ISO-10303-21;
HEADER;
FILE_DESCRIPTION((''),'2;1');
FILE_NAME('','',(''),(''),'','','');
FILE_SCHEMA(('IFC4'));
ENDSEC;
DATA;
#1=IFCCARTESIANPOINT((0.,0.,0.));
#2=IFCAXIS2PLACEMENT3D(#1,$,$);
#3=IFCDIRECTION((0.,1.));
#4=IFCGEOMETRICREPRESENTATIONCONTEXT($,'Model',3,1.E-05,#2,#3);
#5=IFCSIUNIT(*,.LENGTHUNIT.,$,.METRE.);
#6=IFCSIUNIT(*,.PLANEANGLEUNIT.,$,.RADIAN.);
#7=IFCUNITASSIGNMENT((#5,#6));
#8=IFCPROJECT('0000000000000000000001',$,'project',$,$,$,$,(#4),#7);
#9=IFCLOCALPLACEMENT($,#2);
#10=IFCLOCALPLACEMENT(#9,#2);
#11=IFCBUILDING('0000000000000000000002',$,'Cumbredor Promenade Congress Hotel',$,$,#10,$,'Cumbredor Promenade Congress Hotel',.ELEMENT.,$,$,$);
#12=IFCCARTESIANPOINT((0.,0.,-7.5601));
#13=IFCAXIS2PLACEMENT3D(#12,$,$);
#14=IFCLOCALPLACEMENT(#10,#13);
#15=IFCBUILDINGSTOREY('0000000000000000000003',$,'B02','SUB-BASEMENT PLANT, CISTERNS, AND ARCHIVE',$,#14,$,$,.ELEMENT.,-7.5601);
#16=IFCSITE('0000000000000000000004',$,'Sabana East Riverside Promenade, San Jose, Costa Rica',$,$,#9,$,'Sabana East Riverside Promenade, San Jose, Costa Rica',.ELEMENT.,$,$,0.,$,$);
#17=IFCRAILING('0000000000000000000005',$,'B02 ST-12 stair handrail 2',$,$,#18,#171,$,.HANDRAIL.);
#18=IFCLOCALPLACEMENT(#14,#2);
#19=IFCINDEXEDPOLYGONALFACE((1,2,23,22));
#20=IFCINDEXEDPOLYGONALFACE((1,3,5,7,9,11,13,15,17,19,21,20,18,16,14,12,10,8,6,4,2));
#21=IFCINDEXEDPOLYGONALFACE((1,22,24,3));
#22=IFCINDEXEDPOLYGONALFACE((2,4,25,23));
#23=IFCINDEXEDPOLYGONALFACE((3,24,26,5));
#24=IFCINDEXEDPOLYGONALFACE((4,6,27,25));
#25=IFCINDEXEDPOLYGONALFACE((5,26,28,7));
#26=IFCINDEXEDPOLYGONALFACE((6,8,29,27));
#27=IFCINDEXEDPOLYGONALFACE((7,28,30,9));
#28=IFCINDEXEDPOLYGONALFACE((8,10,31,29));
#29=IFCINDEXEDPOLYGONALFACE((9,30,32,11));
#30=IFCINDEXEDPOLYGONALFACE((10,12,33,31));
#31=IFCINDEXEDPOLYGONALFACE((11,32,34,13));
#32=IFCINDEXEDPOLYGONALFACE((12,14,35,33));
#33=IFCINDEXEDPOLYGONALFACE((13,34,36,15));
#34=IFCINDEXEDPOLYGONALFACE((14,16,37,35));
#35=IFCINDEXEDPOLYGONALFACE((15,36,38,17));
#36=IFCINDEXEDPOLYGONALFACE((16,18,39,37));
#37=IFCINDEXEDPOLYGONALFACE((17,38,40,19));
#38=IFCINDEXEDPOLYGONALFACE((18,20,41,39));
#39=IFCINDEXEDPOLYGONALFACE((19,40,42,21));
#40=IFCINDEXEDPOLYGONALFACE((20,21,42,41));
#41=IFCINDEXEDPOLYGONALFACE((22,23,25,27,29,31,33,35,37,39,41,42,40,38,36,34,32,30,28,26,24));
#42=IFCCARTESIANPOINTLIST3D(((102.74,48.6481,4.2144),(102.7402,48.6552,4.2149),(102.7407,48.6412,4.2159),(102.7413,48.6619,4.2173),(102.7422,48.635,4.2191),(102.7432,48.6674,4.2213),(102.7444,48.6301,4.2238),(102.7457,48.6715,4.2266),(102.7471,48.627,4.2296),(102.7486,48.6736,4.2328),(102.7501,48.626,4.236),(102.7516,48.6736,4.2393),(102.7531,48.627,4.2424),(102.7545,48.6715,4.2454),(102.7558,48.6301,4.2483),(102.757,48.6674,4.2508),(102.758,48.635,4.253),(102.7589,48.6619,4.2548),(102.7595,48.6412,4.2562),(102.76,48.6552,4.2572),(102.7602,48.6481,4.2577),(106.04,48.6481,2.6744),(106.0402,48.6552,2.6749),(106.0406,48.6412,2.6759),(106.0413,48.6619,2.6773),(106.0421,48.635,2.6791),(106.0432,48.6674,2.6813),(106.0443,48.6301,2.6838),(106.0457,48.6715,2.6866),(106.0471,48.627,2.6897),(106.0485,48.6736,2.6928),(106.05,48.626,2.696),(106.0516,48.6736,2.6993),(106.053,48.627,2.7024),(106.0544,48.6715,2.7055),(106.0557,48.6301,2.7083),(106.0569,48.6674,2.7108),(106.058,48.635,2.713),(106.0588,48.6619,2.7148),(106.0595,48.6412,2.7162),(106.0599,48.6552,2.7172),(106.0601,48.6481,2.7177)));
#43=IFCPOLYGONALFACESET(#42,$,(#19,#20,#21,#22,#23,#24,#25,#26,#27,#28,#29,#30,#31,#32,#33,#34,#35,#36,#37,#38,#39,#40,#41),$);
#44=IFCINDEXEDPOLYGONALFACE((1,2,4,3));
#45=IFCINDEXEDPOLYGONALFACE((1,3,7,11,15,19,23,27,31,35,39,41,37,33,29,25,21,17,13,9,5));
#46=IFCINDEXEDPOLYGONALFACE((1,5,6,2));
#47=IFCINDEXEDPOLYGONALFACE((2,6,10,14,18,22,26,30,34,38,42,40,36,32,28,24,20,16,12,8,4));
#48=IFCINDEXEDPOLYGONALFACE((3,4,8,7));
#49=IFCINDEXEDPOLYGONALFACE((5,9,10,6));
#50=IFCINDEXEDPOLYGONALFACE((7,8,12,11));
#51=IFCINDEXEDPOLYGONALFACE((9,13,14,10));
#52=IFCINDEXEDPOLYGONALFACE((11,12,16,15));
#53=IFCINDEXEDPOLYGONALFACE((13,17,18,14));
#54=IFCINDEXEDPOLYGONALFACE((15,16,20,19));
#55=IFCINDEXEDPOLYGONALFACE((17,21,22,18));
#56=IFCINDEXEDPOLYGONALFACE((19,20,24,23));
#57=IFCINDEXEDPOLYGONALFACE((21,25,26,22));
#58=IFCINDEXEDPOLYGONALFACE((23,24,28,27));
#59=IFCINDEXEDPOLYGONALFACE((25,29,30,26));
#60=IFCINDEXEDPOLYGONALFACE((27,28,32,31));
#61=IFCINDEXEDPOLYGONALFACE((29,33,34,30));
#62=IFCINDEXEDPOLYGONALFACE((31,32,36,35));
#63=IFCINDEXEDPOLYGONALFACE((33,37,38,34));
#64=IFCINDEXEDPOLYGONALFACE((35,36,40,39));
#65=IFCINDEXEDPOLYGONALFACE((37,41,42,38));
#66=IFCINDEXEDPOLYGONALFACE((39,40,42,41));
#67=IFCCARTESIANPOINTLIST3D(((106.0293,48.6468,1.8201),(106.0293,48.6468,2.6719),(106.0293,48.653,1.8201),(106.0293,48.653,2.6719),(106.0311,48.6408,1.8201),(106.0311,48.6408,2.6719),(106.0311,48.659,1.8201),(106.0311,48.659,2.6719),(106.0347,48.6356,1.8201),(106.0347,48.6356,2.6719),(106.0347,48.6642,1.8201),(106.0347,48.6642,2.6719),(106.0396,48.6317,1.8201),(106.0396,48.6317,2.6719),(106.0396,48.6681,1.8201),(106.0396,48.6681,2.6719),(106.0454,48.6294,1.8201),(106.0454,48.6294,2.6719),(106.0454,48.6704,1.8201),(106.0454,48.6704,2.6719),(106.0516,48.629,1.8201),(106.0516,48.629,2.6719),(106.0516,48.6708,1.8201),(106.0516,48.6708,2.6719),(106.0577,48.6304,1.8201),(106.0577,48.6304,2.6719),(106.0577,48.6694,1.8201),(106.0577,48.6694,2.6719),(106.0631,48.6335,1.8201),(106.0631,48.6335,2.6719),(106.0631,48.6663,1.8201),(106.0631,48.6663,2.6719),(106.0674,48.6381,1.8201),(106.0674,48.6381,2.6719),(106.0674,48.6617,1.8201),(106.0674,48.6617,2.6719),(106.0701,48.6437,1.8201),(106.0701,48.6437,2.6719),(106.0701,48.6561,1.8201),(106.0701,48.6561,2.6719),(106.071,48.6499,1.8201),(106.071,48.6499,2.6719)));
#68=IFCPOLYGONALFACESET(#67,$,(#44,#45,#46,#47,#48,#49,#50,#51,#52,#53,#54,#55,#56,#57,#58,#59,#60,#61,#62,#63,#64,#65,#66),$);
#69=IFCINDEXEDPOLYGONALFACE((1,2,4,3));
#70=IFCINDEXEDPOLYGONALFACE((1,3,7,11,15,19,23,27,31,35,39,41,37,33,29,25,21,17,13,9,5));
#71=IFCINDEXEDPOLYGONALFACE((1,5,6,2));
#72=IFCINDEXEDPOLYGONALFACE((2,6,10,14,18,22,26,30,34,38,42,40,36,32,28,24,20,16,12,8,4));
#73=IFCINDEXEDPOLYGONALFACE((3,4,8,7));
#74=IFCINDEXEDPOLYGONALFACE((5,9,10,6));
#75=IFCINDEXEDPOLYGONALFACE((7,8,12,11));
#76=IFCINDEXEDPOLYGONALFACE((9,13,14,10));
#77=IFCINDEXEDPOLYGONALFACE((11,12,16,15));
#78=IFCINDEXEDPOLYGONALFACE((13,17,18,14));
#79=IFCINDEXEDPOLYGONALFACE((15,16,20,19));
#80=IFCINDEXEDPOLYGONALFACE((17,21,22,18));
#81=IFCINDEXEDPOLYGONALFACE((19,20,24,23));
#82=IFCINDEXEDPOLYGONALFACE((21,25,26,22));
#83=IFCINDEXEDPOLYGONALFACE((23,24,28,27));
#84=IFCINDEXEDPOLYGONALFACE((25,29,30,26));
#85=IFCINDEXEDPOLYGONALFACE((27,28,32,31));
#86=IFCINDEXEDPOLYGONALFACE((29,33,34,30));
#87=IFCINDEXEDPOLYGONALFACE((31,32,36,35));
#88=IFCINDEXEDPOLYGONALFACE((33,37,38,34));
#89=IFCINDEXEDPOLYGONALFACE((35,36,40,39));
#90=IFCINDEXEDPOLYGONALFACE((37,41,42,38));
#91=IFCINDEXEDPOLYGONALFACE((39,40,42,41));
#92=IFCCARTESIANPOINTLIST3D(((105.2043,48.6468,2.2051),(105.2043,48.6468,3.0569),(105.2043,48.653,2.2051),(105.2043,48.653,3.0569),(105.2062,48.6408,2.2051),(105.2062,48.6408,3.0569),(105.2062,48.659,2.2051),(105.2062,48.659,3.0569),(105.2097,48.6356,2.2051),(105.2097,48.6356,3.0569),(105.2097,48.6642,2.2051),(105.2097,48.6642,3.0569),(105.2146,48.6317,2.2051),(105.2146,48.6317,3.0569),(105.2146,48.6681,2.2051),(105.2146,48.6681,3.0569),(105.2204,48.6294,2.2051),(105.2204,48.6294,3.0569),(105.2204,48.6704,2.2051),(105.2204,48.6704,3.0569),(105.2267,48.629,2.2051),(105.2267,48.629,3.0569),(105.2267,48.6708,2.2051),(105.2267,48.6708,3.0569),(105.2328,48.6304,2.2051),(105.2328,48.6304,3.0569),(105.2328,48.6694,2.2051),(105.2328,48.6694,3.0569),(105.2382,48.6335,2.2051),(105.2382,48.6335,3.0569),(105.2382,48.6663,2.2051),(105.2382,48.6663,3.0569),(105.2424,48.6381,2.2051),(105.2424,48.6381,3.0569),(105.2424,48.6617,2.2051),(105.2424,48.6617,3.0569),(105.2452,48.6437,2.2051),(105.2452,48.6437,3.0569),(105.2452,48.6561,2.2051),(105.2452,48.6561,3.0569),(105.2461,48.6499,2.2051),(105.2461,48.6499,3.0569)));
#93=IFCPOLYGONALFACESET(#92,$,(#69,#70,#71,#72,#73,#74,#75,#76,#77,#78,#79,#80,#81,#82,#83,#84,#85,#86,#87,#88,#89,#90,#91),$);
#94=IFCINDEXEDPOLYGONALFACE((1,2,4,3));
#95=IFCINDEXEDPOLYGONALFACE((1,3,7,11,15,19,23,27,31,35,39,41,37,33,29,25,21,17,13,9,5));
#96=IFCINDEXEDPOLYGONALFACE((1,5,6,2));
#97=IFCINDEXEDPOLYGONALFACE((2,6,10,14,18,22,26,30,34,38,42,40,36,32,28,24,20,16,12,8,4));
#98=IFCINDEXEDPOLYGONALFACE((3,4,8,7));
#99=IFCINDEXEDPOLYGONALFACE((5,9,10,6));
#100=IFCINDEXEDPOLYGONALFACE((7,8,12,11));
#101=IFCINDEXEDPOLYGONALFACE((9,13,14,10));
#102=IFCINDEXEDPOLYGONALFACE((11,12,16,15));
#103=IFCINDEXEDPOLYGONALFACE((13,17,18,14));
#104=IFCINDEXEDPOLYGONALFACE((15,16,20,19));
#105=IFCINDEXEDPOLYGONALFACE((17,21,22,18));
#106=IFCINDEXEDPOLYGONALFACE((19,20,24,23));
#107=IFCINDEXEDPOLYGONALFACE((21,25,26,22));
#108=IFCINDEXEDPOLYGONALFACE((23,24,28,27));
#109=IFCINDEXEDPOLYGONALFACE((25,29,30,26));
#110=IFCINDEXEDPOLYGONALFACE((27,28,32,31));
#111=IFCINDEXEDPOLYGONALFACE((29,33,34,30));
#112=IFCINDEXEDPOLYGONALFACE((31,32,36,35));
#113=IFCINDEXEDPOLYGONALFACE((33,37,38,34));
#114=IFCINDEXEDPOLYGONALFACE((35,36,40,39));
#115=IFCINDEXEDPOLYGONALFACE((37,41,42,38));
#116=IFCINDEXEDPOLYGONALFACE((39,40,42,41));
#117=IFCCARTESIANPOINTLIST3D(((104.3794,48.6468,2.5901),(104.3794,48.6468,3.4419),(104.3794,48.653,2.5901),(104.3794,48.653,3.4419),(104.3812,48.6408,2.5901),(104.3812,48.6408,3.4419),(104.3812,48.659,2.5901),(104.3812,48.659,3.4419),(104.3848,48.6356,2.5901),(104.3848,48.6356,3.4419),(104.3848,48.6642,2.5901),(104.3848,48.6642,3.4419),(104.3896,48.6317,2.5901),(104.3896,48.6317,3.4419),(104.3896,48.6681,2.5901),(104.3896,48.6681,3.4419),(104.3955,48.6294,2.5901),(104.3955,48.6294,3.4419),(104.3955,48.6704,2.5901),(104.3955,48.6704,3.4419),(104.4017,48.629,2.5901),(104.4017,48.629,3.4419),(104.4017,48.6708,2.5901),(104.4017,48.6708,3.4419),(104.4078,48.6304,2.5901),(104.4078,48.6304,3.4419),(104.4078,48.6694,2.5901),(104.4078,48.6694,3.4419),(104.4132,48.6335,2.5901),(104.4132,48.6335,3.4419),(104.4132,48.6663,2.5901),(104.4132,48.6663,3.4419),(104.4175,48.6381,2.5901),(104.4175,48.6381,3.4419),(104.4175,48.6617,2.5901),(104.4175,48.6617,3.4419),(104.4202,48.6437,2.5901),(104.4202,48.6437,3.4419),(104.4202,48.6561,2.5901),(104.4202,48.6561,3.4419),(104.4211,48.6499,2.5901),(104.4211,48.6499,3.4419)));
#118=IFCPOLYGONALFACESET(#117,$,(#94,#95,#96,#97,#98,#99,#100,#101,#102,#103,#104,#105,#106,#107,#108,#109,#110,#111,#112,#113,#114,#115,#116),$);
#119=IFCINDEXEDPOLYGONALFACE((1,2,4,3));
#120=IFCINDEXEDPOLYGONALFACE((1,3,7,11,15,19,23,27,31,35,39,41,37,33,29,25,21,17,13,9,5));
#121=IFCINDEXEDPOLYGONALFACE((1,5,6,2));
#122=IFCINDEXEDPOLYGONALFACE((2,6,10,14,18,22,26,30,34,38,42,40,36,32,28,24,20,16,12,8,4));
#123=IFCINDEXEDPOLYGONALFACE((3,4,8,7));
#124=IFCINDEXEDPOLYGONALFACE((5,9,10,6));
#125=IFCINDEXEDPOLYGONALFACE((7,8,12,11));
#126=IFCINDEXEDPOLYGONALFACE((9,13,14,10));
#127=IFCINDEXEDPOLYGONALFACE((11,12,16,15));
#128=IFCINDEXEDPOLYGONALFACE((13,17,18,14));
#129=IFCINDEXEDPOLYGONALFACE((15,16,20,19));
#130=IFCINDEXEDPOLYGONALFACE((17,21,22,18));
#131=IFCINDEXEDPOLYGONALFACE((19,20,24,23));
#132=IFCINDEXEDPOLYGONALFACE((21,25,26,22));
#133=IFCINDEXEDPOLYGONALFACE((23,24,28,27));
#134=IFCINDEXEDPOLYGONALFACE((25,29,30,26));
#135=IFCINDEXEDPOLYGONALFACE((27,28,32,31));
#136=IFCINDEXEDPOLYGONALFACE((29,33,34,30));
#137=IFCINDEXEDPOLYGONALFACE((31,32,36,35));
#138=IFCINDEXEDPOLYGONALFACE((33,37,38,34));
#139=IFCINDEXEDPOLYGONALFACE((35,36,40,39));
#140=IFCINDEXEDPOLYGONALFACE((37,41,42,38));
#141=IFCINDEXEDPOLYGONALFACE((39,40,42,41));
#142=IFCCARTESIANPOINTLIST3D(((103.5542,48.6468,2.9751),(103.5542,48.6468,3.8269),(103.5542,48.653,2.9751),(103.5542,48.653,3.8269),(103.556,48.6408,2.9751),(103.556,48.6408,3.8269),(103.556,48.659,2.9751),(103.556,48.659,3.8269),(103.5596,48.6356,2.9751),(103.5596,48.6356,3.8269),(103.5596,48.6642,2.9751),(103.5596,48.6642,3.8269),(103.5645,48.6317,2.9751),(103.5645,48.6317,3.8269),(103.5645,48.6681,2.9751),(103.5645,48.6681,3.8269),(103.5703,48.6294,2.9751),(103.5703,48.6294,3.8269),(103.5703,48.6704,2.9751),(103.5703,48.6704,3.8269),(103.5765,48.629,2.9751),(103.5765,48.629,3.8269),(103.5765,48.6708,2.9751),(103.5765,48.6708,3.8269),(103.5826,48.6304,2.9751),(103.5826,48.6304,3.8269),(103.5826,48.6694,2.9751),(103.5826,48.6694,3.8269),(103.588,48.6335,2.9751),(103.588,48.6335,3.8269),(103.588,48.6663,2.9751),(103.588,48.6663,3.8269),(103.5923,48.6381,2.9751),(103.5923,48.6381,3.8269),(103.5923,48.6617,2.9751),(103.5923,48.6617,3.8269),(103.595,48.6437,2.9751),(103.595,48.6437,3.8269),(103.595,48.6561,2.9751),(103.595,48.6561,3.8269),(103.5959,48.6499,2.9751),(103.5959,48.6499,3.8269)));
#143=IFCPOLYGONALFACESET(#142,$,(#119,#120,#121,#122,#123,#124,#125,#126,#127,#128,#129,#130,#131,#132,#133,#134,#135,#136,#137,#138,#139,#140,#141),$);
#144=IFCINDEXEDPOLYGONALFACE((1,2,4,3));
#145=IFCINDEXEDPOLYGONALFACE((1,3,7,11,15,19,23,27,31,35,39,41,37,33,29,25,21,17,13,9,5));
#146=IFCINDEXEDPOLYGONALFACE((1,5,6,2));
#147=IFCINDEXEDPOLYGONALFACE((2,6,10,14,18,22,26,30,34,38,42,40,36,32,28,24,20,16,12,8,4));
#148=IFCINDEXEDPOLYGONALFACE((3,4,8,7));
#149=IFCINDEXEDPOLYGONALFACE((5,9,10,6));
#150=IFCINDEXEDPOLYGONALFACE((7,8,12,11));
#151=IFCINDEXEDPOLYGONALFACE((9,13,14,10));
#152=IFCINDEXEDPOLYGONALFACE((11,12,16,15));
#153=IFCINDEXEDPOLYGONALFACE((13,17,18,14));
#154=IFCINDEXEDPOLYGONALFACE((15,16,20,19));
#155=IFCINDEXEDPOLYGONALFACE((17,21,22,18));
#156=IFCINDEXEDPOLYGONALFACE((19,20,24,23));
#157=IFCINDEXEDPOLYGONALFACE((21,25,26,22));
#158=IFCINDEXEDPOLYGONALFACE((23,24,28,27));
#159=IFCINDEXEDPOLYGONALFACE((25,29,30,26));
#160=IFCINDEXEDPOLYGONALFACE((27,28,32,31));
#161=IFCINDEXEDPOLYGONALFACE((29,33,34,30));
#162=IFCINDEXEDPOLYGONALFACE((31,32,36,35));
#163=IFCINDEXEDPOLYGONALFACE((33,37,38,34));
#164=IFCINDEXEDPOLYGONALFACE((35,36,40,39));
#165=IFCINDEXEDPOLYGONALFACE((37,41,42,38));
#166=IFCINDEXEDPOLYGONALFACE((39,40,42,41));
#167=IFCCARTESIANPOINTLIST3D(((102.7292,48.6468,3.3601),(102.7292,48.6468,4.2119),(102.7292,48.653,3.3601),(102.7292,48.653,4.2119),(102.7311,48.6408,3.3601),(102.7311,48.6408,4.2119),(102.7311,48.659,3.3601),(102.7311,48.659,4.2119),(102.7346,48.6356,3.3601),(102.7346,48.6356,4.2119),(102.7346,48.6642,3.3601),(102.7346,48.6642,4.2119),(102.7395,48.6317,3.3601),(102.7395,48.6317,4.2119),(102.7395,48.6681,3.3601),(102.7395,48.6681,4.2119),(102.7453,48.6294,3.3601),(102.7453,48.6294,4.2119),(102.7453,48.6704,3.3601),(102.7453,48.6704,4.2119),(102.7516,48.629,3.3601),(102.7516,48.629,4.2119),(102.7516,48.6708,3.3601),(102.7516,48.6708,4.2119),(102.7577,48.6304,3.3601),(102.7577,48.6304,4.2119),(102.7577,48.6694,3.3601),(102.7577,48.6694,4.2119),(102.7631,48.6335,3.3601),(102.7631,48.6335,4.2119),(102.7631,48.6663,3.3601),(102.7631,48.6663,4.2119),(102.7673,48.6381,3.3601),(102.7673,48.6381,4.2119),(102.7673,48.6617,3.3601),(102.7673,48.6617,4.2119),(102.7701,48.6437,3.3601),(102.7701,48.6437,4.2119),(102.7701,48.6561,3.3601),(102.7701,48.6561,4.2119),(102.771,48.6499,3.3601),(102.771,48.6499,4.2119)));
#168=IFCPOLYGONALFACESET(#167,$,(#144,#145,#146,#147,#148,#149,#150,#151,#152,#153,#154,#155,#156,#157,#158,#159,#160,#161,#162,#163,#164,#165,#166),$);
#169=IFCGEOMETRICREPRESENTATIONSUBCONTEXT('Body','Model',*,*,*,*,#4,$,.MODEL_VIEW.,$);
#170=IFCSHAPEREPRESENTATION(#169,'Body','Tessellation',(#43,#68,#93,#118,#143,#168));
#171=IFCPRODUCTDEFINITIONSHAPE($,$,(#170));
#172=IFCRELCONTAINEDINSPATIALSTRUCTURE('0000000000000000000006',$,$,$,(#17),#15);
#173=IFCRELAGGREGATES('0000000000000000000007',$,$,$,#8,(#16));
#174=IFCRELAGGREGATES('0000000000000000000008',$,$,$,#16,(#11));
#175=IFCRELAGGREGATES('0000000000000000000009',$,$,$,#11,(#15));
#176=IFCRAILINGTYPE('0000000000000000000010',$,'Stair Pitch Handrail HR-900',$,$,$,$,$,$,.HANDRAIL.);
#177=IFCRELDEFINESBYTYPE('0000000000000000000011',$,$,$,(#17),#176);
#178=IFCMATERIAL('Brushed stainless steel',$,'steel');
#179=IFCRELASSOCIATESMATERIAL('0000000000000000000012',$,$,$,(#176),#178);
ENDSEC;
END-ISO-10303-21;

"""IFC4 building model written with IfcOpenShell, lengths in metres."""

from ifc_helpers import new_model, si_unit, direction, frame, origin, origin_2d, place, context, subcontext, project, spatial, circle, extrude, material, type_object, element, save


model = new_model("IFC4")

# Units and contexts
model_context = context("Model", 3, precision=1e-05, world=origin(), true_north=direction((0.0, 1.0)))
body_context = subcontext(model_context, "Body", "Model", "MODEL_VIEW")
ifc_project = project(units=[si_unit("LENGTHUNIT", "METRE"), si_unit("PLANEANGLEUNIT", "RADIAN")], contexts=[model_context])

# Site, building, storey
site_placement = place(None, origin())
site = spatial("IfcSite", under=ifc_project, at=site_placement, Name="Sabana East Riverside Promenade, San Jose, Costa Rica", LongName="Sabana East Riverside Promenade, San Jose, Costa Rica", CompositionType="ELEMENT", RefElevation=0.0)
building_placement = place(site_placement, origin())
building = spatial("IfcBuilding", under=site, at=building_placement, Name="Cumbredor Promenade Congress Hotel", LongName="Cumbredor Promenade Congress Hotel", CompositionType="ELEMENT")
storey_placement = place(building_placement, frame((0.0, 0.0, -7.5601)))
storey = spatial("IfcBuildingStorey", under=building, at=storey_placement, Name="B02", Description="SUB-BASEMENT PLANT, CISTERNS, AND ARCHIVE", CompositionType="ELEMENT", Elevation=-7.5601)

# Railing
ifc_material_1 = material(Name="Brushed stainless steel", Category="steel")
railing_type_1 = type_object("IfcRailingType", Name="Stair Pitch Handrail HR-900", PredefinedType="HANDRAIL", material=ifc_material_1)
railing_1_placement = place(storey_placement, frame((106.05, 48.6499, 1.8201)))
element("IfcRailing", 1, at=railing_1_placement, inside=storey, type_object=railing_type_1, Name="B02 ST-12 stair handrail 2", PredefinedType="HANDRAIL", context=body_context, shape_type="SweptSolid", body=[
    extrude(circle(Radius=0.0239, at=origin_2d()), frame((0.0, 0.0, 0.876), z_axis=(-0.906181, 0.0, 0.422889), x_axis=(0.0, -1.0, 0.0)), (0.0, 0.0, 1.0), 3.6416),
    extrude(circle(Radius=0.021, at=origin_2d()), origin(), (0.0, 0.0, 1.0), 0.8518),
    extrude(circle(Radius=0.021, at=origin_2d()), frame((-0.825, 0.0, 0.385)), (0.0, 0.0, 1.0), 0.8518),
    extrude(circle(Radius=0.021, at=origin_2d()), frame((-1.6499, 0.0, 0.77)), (0.0, 0.0, 1.0), 0.8518),
    extrude(circle(Radius=0.021, at=origin_2d()), frame((-2.4751, 0.0, 1.155)), (0.0, 0.0, 1.0), 0.8518),
    extrude(circle(Radius=0.021, at=origin_2d()), frame((-3.3, 0.0, 1.54)), (0.0, 0.0, 1.0), 0.8518),
])

save(model, "model.ifc")
